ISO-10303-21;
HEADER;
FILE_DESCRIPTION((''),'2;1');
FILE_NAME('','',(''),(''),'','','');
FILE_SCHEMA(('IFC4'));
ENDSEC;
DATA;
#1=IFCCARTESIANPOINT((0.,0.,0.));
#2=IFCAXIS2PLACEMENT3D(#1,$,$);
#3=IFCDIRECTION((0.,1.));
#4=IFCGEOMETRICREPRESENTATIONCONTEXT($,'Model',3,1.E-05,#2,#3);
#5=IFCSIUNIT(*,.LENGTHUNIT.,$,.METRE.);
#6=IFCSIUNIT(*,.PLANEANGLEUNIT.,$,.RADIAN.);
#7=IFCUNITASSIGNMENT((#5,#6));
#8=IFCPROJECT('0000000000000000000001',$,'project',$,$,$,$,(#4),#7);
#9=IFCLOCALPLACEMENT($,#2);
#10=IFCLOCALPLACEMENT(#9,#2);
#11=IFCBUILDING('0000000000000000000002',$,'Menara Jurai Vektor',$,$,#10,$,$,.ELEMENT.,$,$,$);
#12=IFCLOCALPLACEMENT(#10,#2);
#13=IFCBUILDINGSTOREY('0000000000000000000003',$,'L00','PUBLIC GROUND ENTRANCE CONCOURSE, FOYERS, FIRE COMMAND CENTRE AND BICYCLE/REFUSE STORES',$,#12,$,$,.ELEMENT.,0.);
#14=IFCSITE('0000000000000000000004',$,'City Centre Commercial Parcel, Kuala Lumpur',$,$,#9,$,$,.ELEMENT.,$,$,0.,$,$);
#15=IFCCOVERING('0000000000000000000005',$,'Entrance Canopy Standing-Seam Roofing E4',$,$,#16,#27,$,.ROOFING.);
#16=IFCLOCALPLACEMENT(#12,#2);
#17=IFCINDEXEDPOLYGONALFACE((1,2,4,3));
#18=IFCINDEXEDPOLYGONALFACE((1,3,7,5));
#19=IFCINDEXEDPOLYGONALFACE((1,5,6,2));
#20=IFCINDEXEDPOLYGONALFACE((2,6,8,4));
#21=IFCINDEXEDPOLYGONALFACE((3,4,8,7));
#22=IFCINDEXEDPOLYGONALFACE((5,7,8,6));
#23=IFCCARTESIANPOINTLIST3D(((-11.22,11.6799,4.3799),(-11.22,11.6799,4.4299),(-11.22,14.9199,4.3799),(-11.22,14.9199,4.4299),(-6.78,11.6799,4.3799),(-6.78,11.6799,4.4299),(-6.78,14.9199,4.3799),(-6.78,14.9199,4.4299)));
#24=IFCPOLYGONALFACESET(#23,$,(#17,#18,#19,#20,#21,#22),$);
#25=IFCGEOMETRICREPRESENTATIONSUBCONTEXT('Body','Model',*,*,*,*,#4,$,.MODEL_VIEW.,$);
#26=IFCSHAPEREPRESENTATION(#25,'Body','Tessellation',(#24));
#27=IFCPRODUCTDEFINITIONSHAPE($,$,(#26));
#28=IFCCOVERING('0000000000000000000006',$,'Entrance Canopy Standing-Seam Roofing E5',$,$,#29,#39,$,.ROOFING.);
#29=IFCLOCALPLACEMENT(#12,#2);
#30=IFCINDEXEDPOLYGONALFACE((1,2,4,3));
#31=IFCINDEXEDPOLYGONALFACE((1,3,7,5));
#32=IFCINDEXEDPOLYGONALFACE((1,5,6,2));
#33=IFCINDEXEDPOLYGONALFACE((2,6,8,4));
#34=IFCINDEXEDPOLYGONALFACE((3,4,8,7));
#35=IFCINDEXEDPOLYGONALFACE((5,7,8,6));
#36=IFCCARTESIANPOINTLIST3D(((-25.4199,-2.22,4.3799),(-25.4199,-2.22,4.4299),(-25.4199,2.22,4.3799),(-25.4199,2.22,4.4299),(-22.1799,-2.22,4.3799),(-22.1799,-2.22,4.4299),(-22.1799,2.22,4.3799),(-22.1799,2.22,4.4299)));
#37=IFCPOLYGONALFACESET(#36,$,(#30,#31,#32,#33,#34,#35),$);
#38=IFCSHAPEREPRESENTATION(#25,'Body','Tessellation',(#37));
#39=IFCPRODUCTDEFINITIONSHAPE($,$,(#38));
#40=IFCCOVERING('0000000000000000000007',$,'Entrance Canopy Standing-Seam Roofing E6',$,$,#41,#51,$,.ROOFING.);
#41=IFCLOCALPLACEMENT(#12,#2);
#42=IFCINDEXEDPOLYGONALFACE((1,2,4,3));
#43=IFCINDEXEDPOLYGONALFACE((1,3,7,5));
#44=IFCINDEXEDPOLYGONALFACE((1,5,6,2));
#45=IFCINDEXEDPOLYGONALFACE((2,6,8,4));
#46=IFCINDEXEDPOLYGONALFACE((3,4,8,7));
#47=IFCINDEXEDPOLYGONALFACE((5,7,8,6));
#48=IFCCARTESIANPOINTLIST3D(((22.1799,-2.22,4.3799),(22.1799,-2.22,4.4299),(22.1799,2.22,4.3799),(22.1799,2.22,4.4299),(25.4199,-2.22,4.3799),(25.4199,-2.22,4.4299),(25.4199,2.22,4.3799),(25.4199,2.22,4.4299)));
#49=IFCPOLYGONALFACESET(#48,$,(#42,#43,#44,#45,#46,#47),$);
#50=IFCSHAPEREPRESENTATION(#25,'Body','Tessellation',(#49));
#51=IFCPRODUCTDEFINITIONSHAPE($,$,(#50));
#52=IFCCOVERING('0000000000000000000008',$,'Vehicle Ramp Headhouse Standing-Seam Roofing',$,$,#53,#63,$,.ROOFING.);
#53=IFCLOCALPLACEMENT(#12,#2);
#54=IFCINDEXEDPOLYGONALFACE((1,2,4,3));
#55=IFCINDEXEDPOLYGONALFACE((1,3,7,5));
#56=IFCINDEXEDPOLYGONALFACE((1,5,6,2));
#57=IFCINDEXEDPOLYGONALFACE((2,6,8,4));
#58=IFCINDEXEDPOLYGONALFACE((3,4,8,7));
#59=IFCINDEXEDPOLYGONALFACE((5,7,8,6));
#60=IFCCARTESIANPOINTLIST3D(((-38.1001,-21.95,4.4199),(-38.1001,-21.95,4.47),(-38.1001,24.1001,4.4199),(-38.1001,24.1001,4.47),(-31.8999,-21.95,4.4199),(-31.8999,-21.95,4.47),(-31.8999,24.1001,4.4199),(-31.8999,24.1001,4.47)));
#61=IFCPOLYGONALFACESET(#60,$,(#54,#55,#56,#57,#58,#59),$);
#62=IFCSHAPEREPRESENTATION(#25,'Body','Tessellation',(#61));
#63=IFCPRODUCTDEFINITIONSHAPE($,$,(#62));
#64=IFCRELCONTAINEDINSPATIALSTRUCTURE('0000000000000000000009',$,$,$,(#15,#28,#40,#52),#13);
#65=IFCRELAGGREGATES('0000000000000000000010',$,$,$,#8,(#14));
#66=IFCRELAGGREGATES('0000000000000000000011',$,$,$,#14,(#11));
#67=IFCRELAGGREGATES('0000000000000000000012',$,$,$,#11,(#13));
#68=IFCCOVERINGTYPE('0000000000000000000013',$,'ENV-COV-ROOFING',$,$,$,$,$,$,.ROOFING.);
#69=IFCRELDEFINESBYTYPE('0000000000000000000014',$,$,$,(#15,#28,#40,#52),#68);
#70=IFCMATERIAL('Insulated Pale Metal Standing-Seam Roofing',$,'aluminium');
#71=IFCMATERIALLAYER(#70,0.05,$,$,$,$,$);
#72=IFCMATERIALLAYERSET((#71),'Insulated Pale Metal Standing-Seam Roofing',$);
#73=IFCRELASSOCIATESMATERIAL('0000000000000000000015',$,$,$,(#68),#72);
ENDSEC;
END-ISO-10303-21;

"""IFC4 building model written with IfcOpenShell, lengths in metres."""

from ifc_helpers import new_model, si_unit, direction, frame, origin, place, context, subcontext, project, spatial, polyline, outline, extrude, material, layer, layer_set, type_object, element, save


model = new_model("IFC4")

# Units and contexts
model_context = context("Model", 3, precision=1e-05, world=origin(), true_north=direction((0.0, 1.0)))
body_context = subcontext(model_context, "Body", "Model", "MODEL_VIEW")
ifc_project = project(units=[si_unit("LENGTHUNIT", "METRE"), si_unit("PLANEANGLEUNIT", "RADIAN")], contexts=[model_context])

# Site, building, storey
site_placement = place(None, origin())
site = spatial("IfcSite", under=ifc_project, at=site_placement, Name="City Centre Commercial Parcel, Kuala Lumpur", CompositionType="ELEMENT", RefElevation=0.0)
building_placement = place(site_placement, origin())
building = spatial("IfcBuilding", under=site, at=building_placement, Name="Menara Jurai Vektor", CompositionType="ELEMENT")
storey_placement = place(building_placement, origin())
storey = spatial("IfcBuildingStorey", under=building, at=storey_placement, Name="L00", Description="PUBLIC GROUND ENTRANCE CONCOURSE, FOYERS, FIRE COMMAND CENTRE AND BICYCLE/REFUSE STORES", CompositionType="ELEMENT", Elevation=0.0)

# Coverings
ifc_material_1 = material(Name="Insulated Pale Metal Standing-Seam Roofing", Category="aluminium")
ifc_layer_1 = layer(ifc_material_1, 0.05)
ifc_layer_set_1 = layer_set([ifc_layer_1], Name="Insulated Pale Metal Standing-Seam Roofing")
covering_type_1 = type_object("IfcCoveringType", Name="ENV-COV-ROOFING", PredefinedType="ROOFING", material=ifc_layer_set_1)
covering_1_placement = place(storey_placement, frame((0.0, 0.0, 4.3799)))
element("IfcCovering", 1, at=covering_1_placement, inside=storey, type_object=covering_type_1, Name="Entrance Canopy Standing-Seam Roofing E4", PredefinedType="ROOFING", context=body_context, shape_type="SweptSolid", body=[
    extrude(outline(polyline([(-6.78, 14.9199), (-11.22, 14.9199), (-11.22, 11.6799), (-6.78, 11.6799), (-6.78, 14.9199)])), origin(), (0.0, 0.0, 1.0), 0.05),
])
covering_2_placement = place(storey_placement, frame((0.0, 0.0, 4.3799)))
element("IfcCovering", 2, at=covering_2_placement, inside=storey, type_object=covering_type_1, Name="Entrance Canopy Standing-Seam Roofing E5", PredefinedType="ROOFING", context=body_context, shape_type="SweptSolid", body=[
    extrude(outline(polyline([(-22.1799, 2.22), (-25.4199, 2.22), (-25.4199, -2.22), (-22.1799, -2.22), (-22.1799, 2.22)])), origin(), (0.0, 0.0, 1.0), 0.05),
])
covering_3_placement = place(storey_placement, frame((0.0, 0.0, 4.3799)))
element("IfcCovering", 3, at=covering_3_placement, inside=storey, type_object=covering_type_1, Name="Entrance Canopy Standing-Seam Roofing E6", PredefinedType="ROOFING", context=body_context, shape_type="SweptSolid", body=[
    extrude(outline(polyline([(25.4199, 2.22), (22.1799, 2.22), (22.1799, -2.22), (25.4199, -2.22), (25.4199, 2.22)])), origin(), (0.0, 0.0, 1.0), 0.05),
])
covering_4_placement = place(storey_placement, frame((0.0, 0.0, 4.4199)))
element("IfcCovering", 4, at=covering_4_placement, inside=storey, type_object=covering_type_1, Name="Vehicle Ramp Headhouse Standing-Seam Roofing", PredefinedType="ROOFING", context=body_context, shape_type="SweptSolid", body=[
    extrude(outline(polyline([(-31.8999, 24.1001), (-38.1001, 24.1001), (-38.1001, -21.95), (-31.8999, -21.95), (-31.8999, 24.1001)])), origin(), (0.0, 0.0, 1.0), 0.05),
])

save(model, "model.ifc")
